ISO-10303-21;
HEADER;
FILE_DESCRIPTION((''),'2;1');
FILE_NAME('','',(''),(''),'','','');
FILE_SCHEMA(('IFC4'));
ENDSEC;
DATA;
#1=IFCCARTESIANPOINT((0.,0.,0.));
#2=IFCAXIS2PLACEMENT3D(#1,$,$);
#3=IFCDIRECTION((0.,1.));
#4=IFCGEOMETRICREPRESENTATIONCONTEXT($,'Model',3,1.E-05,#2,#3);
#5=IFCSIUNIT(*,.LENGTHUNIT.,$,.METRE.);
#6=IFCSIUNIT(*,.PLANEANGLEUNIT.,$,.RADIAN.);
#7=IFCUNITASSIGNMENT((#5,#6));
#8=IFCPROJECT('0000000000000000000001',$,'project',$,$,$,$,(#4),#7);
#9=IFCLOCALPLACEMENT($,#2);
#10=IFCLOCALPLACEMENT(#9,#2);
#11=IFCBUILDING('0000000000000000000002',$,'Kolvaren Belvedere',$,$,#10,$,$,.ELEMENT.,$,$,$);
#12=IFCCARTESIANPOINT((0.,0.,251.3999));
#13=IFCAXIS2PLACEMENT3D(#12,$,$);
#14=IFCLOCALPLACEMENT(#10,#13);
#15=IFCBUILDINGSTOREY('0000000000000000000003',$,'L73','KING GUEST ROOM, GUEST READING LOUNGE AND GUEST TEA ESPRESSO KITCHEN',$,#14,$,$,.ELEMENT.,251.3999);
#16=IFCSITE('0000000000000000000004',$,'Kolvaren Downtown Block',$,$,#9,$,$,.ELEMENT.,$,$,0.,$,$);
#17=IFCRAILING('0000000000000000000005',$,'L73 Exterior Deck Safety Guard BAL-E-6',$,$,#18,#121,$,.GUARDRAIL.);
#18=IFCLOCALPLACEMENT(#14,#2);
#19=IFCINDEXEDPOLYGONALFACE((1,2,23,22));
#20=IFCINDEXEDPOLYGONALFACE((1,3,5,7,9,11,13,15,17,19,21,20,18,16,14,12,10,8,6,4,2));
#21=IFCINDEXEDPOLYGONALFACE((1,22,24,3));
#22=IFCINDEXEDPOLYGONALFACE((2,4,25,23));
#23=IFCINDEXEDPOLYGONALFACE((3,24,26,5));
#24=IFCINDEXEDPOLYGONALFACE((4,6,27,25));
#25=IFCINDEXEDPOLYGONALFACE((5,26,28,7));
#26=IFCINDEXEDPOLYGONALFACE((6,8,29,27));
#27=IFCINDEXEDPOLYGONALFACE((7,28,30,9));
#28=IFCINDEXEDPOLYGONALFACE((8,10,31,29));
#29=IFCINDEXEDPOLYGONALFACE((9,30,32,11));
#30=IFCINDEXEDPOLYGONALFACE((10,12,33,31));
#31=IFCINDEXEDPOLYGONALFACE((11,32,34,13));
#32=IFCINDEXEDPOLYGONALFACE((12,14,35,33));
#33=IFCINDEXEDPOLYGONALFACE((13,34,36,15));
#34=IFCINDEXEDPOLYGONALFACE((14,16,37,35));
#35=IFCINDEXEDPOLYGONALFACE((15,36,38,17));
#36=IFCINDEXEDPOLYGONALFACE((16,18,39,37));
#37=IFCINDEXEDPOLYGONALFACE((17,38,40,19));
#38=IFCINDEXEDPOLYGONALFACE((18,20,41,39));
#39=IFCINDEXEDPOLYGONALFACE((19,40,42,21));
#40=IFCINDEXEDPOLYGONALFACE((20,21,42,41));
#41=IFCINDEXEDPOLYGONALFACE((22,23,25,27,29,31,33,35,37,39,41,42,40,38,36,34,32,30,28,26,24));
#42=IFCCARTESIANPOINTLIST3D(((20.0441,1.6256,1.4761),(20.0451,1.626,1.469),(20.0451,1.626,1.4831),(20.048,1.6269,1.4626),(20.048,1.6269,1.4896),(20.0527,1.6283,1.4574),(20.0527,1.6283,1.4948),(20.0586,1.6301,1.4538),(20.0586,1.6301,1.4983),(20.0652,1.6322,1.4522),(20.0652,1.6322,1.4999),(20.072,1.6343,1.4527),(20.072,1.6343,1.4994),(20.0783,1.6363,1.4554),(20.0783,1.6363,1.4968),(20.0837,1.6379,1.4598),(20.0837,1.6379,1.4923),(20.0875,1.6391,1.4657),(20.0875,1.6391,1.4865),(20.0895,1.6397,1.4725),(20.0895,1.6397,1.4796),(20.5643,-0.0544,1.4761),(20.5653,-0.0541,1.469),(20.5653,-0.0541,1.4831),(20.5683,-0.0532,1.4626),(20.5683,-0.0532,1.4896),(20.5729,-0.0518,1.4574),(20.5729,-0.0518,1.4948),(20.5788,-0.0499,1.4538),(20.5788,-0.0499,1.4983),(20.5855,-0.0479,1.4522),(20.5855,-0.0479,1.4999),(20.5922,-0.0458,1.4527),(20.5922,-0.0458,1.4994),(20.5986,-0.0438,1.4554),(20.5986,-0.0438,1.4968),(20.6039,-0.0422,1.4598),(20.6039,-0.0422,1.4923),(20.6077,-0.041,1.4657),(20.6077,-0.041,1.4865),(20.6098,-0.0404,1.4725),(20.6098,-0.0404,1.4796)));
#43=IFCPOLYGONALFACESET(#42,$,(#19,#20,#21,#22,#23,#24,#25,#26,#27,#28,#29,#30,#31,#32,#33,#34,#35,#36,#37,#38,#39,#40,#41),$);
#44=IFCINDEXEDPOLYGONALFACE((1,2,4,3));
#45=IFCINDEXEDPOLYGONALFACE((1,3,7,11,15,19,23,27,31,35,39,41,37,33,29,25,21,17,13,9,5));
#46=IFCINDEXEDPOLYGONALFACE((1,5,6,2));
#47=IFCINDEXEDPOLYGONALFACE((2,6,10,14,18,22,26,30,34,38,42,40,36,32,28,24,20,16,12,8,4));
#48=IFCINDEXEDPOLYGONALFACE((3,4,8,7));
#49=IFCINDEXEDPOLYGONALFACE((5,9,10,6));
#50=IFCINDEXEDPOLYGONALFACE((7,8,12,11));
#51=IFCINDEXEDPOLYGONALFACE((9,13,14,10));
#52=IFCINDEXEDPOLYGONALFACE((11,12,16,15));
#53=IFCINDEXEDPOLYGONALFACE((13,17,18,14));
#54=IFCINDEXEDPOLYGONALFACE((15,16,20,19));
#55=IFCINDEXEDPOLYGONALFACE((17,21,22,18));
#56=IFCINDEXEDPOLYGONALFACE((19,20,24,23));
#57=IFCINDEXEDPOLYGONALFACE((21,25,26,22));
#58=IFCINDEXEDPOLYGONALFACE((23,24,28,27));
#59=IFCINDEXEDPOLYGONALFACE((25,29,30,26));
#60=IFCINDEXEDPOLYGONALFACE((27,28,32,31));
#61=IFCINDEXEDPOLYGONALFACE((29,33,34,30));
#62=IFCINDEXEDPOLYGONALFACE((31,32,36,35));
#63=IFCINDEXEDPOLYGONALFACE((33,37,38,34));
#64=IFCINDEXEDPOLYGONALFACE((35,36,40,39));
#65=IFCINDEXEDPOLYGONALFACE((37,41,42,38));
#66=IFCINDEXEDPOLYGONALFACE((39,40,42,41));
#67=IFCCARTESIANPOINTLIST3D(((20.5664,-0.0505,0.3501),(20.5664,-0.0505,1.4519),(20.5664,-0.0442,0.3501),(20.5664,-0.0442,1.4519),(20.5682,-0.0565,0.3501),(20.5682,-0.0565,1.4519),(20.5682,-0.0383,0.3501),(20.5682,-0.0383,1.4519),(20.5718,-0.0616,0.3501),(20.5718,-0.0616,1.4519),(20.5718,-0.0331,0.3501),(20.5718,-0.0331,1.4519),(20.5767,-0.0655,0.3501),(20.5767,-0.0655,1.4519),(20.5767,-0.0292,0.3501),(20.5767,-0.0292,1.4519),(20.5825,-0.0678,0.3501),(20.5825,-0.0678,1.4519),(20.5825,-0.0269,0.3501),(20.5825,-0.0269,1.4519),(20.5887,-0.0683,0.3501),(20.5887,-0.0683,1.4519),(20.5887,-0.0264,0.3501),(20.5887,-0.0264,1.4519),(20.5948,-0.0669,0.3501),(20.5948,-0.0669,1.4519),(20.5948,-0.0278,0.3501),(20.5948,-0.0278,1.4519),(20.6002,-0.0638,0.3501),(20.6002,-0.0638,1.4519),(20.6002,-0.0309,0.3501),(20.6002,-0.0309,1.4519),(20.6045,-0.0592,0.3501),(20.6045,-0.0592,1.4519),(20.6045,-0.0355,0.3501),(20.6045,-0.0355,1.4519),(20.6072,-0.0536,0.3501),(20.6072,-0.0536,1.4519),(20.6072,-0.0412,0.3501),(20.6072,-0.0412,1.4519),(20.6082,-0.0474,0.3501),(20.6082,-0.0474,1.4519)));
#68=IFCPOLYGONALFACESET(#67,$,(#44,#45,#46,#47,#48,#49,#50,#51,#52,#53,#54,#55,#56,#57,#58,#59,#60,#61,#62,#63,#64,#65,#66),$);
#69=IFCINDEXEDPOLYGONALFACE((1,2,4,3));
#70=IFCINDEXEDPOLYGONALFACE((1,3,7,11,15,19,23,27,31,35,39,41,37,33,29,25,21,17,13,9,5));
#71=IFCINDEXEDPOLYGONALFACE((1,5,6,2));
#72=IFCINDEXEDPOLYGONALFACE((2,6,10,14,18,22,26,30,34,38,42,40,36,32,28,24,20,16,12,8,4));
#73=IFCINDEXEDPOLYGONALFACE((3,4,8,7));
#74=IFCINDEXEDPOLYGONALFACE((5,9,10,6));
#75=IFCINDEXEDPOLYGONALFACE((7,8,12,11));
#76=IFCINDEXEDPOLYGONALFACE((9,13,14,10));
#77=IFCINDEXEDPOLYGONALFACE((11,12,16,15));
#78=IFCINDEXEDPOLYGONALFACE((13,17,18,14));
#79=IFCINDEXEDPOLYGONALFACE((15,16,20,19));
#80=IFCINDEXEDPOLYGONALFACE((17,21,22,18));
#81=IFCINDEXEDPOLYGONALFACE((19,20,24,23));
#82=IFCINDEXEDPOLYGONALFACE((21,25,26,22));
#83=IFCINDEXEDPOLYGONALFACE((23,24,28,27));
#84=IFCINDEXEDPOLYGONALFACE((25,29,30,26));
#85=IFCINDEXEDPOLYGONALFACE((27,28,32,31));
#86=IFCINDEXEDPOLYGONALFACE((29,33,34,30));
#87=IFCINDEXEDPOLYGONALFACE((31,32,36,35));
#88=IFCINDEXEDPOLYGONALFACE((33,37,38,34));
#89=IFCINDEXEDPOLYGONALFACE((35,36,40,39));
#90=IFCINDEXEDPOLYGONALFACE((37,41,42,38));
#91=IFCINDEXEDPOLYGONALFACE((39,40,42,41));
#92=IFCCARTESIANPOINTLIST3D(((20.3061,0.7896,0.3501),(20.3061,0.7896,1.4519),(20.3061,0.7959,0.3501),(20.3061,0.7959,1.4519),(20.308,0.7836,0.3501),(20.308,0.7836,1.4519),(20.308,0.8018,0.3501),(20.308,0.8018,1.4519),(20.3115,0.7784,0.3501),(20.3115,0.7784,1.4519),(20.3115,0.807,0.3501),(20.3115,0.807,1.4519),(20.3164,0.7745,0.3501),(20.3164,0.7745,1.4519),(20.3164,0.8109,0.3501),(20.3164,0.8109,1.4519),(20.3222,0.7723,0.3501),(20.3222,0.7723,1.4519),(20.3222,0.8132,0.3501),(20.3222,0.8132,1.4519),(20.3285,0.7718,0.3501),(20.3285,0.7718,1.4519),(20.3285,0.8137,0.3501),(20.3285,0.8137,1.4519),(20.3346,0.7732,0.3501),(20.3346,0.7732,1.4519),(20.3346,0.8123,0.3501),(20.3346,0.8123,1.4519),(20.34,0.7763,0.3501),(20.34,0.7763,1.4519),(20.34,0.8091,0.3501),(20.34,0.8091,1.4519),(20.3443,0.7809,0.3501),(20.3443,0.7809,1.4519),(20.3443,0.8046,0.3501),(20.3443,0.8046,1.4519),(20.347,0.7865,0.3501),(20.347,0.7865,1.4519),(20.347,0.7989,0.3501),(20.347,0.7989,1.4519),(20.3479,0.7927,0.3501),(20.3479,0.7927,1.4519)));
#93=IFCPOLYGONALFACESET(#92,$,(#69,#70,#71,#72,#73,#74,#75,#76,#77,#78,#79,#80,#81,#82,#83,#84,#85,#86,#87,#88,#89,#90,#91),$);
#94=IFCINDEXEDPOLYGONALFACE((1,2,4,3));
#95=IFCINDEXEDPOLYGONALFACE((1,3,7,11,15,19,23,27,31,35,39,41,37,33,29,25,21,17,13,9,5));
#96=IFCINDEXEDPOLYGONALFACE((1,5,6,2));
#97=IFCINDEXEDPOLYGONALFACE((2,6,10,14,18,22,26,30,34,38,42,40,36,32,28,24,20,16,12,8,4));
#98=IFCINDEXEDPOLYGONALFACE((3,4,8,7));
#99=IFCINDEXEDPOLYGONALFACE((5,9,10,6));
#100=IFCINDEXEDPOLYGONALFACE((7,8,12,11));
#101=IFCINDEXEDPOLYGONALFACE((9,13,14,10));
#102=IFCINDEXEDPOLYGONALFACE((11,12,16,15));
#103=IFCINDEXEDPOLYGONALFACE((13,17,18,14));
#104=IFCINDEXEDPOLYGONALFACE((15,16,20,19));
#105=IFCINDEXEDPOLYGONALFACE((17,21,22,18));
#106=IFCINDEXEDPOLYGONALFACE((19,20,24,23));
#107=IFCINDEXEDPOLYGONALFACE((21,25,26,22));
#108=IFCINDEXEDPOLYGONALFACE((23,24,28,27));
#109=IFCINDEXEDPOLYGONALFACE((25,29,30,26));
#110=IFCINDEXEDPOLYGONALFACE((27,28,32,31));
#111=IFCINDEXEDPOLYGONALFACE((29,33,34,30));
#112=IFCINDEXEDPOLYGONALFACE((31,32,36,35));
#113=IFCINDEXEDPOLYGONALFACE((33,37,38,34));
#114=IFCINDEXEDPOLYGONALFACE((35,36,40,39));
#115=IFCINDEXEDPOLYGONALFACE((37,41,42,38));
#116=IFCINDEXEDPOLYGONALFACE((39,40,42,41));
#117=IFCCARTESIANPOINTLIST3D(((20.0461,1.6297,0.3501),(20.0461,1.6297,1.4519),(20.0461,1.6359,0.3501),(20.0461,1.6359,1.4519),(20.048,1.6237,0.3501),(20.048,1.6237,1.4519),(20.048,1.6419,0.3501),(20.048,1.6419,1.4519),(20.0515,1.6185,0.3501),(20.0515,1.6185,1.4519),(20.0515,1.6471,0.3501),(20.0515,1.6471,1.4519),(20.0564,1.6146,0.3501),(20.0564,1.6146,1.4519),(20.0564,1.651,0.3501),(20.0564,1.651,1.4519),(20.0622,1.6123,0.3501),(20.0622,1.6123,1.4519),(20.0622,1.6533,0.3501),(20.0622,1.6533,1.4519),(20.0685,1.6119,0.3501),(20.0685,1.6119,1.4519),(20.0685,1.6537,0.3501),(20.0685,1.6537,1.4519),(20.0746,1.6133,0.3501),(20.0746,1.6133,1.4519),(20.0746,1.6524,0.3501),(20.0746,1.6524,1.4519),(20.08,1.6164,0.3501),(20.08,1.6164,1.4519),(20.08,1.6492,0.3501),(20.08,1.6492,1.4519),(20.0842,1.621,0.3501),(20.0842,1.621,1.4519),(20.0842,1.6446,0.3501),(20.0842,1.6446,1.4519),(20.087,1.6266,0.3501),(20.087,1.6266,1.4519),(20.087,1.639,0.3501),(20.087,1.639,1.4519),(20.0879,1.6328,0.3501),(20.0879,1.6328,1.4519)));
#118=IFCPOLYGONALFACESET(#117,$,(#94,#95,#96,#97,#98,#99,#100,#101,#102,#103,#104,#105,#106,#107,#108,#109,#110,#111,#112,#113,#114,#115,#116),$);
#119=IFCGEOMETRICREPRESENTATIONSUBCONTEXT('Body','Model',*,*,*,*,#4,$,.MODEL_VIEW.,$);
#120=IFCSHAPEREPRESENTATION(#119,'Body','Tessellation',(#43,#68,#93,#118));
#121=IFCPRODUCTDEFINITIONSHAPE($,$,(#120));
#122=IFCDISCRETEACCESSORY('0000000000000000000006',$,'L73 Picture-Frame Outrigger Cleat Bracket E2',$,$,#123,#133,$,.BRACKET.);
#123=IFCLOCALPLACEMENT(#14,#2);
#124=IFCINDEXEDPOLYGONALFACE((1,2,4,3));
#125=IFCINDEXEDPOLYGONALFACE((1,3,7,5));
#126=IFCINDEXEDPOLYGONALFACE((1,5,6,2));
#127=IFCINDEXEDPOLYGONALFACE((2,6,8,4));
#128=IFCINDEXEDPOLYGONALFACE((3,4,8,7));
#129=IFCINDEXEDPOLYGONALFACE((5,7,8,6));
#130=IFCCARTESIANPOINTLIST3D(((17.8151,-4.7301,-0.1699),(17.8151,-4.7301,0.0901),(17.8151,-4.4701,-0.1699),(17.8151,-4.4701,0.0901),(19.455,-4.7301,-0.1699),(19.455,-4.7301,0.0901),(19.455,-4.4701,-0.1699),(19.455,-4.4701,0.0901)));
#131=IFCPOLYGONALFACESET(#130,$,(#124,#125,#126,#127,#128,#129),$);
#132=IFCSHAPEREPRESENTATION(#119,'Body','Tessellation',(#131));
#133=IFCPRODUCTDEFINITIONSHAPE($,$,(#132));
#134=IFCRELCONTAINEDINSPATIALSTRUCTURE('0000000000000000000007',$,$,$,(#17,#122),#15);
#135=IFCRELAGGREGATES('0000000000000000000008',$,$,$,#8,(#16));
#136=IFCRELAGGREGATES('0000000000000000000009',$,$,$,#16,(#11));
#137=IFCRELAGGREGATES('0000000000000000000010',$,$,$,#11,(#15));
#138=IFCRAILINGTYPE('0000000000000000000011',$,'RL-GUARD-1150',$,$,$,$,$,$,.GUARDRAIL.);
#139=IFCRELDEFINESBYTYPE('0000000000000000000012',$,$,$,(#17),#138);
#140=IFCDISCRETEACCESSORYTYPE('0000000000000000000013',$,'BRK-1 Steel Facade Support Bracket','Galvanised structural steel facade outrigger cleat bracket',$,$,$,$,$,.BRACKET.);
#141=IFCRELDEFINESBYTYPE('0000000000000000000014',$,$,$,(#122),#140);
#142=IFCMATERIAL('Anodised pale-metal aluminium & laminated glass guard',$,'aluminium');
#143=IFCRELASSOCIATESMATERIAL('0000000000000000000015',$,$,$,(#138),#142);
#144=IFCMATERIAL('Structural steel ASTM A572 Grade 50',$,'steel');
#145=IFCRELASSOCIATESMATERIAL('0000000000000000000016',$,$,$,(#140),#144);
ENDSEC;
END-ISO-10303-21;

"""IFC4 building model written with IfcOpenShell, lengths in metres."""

from ifc_helpers import new_model, si_unit, direction, frame, origin, origin_2d, place, context, subcontext, project, spatial, rectangle, circle, extrude, material, type_object, element, save


model = new_model("IFC4")

# Units and contexts
model_context = context("Model", 3, precision=1e-05, world=origin(), true_north=direction((0.0, 1.0)))
body_context = subcontext(model_context, "Body", "Model", "MODEL_VIEW")
ifc_project = project(units=[si_unit("LENGTHUNIT", "METRE"), si_unit("PLANEANGLEUNIT", "RADIAN")], contexts=[model_context])

# Site, building, storey
site_placement = place(None, origin())
site = spatial("IfcSite", under=ifc_project, at=site_placement, Name="Kolvaren Downtown Block", CompositionType="ELEMENT", RefElevation=0.0)
building_placement = place(site_placement, origin())
building = spatial("IfcBuilding", under=site, at=building_placement, Name="Kolvaren Belvedere", CompositionType="ELEMENT")
storey_placement = place(building_placement, frame((0.0, 0.0, 251.3999)))
storey = spatial("IfcBuildingStorey", under=building, at=storey_placement, Name="L73", Description="KING GUEST ROOM, GUEST READING LOUNGE AND GUEST TEA ESPRESSO KITCHEN", CompositionType="ELEMENT", Elevation=251.3999)

# Railing
ifc_material_1 = material(Name="Anodised pale-metal aluminium & laminated glass guard", Category="aluminium")
railing_type = type_object("IfcRailingType", Name="RL-GUARD-1150", PredefinedType="GUARDRAIL", material=ifc_material_1)
railing_1_placement = place(storey_placement, frame((20.5872, -0.0474, 0.3501)))
element("IfcRailing", 1, at=railing_1_placement, inside=storey, type_object=railing_type, Name="L73 Exterior Deck Safety Guard BAL-E-6", PredefinedType="GUARDRAIL", context=body_context, shape_type="SweptSolid", body=[
    extrude(circle(Radius=0.0239, at=origin_2d()), frame((0.0, 0.0, 1.126), z_axis=(-0.295792, 0.955252, 0.0), x_axis=(-0.955252, -0.295792, 0.0)), (0.0, 0.0, 1.0), 1.7588),
    extrude(circle(Radius=0.021, at=origin_2d()), origin(), (0.0, 0.0, 1.0), 1.1018),
    extrude(circle(Radius=0.021, at=origin_2d()), frame((-0.2603, 0.8401, 0.0)), (0.0, 0.0, 1.0), 1.1018),
    extrude(circle(Radius=0.021, at=origin_2d()), frame((-0.5203, 1.6802, 0.0)), (0.0, 0.0, 1.0), 1.1018),
])

# Discrete accessory
ifc_material_2 = material(Name="Structural steel ASTM A572 Grade 50", Category="steel")
discrete_accessory_type = type_object("IfcDiscreteAccessoryType", Name="BRK-1 Steel Facade Support Bracket", Description="Galvanised structural steel facade outrigger cleat bracket", PredefinedType="BRACKET", material=ifc_material_2)
discrete_accessory_placement = place(storey_placement, frame((18.635, -4.6001, -0.1699), z_axis=(0.0, 0.0, 1.0), x_axis=(1.0, 0.0, 0.0)))
element("IfcDiscreteAccessory", 2, at=discrete_accessory_placement, inside=storey, type_object=discrete_accessory_type, Name="L73 Picture-Frame Outrigger Cleat Bracket E2", PredefinedType="BRACKET", context=body_context, shape_type="SweptSolid", body=[
    extrude(rectangle(XDim=1.6399, YDim=0.26, at=origin_2d()), origin(), (0.0, 0.0, 1.0), 0.26),
])

save(model, "model.ifc")
